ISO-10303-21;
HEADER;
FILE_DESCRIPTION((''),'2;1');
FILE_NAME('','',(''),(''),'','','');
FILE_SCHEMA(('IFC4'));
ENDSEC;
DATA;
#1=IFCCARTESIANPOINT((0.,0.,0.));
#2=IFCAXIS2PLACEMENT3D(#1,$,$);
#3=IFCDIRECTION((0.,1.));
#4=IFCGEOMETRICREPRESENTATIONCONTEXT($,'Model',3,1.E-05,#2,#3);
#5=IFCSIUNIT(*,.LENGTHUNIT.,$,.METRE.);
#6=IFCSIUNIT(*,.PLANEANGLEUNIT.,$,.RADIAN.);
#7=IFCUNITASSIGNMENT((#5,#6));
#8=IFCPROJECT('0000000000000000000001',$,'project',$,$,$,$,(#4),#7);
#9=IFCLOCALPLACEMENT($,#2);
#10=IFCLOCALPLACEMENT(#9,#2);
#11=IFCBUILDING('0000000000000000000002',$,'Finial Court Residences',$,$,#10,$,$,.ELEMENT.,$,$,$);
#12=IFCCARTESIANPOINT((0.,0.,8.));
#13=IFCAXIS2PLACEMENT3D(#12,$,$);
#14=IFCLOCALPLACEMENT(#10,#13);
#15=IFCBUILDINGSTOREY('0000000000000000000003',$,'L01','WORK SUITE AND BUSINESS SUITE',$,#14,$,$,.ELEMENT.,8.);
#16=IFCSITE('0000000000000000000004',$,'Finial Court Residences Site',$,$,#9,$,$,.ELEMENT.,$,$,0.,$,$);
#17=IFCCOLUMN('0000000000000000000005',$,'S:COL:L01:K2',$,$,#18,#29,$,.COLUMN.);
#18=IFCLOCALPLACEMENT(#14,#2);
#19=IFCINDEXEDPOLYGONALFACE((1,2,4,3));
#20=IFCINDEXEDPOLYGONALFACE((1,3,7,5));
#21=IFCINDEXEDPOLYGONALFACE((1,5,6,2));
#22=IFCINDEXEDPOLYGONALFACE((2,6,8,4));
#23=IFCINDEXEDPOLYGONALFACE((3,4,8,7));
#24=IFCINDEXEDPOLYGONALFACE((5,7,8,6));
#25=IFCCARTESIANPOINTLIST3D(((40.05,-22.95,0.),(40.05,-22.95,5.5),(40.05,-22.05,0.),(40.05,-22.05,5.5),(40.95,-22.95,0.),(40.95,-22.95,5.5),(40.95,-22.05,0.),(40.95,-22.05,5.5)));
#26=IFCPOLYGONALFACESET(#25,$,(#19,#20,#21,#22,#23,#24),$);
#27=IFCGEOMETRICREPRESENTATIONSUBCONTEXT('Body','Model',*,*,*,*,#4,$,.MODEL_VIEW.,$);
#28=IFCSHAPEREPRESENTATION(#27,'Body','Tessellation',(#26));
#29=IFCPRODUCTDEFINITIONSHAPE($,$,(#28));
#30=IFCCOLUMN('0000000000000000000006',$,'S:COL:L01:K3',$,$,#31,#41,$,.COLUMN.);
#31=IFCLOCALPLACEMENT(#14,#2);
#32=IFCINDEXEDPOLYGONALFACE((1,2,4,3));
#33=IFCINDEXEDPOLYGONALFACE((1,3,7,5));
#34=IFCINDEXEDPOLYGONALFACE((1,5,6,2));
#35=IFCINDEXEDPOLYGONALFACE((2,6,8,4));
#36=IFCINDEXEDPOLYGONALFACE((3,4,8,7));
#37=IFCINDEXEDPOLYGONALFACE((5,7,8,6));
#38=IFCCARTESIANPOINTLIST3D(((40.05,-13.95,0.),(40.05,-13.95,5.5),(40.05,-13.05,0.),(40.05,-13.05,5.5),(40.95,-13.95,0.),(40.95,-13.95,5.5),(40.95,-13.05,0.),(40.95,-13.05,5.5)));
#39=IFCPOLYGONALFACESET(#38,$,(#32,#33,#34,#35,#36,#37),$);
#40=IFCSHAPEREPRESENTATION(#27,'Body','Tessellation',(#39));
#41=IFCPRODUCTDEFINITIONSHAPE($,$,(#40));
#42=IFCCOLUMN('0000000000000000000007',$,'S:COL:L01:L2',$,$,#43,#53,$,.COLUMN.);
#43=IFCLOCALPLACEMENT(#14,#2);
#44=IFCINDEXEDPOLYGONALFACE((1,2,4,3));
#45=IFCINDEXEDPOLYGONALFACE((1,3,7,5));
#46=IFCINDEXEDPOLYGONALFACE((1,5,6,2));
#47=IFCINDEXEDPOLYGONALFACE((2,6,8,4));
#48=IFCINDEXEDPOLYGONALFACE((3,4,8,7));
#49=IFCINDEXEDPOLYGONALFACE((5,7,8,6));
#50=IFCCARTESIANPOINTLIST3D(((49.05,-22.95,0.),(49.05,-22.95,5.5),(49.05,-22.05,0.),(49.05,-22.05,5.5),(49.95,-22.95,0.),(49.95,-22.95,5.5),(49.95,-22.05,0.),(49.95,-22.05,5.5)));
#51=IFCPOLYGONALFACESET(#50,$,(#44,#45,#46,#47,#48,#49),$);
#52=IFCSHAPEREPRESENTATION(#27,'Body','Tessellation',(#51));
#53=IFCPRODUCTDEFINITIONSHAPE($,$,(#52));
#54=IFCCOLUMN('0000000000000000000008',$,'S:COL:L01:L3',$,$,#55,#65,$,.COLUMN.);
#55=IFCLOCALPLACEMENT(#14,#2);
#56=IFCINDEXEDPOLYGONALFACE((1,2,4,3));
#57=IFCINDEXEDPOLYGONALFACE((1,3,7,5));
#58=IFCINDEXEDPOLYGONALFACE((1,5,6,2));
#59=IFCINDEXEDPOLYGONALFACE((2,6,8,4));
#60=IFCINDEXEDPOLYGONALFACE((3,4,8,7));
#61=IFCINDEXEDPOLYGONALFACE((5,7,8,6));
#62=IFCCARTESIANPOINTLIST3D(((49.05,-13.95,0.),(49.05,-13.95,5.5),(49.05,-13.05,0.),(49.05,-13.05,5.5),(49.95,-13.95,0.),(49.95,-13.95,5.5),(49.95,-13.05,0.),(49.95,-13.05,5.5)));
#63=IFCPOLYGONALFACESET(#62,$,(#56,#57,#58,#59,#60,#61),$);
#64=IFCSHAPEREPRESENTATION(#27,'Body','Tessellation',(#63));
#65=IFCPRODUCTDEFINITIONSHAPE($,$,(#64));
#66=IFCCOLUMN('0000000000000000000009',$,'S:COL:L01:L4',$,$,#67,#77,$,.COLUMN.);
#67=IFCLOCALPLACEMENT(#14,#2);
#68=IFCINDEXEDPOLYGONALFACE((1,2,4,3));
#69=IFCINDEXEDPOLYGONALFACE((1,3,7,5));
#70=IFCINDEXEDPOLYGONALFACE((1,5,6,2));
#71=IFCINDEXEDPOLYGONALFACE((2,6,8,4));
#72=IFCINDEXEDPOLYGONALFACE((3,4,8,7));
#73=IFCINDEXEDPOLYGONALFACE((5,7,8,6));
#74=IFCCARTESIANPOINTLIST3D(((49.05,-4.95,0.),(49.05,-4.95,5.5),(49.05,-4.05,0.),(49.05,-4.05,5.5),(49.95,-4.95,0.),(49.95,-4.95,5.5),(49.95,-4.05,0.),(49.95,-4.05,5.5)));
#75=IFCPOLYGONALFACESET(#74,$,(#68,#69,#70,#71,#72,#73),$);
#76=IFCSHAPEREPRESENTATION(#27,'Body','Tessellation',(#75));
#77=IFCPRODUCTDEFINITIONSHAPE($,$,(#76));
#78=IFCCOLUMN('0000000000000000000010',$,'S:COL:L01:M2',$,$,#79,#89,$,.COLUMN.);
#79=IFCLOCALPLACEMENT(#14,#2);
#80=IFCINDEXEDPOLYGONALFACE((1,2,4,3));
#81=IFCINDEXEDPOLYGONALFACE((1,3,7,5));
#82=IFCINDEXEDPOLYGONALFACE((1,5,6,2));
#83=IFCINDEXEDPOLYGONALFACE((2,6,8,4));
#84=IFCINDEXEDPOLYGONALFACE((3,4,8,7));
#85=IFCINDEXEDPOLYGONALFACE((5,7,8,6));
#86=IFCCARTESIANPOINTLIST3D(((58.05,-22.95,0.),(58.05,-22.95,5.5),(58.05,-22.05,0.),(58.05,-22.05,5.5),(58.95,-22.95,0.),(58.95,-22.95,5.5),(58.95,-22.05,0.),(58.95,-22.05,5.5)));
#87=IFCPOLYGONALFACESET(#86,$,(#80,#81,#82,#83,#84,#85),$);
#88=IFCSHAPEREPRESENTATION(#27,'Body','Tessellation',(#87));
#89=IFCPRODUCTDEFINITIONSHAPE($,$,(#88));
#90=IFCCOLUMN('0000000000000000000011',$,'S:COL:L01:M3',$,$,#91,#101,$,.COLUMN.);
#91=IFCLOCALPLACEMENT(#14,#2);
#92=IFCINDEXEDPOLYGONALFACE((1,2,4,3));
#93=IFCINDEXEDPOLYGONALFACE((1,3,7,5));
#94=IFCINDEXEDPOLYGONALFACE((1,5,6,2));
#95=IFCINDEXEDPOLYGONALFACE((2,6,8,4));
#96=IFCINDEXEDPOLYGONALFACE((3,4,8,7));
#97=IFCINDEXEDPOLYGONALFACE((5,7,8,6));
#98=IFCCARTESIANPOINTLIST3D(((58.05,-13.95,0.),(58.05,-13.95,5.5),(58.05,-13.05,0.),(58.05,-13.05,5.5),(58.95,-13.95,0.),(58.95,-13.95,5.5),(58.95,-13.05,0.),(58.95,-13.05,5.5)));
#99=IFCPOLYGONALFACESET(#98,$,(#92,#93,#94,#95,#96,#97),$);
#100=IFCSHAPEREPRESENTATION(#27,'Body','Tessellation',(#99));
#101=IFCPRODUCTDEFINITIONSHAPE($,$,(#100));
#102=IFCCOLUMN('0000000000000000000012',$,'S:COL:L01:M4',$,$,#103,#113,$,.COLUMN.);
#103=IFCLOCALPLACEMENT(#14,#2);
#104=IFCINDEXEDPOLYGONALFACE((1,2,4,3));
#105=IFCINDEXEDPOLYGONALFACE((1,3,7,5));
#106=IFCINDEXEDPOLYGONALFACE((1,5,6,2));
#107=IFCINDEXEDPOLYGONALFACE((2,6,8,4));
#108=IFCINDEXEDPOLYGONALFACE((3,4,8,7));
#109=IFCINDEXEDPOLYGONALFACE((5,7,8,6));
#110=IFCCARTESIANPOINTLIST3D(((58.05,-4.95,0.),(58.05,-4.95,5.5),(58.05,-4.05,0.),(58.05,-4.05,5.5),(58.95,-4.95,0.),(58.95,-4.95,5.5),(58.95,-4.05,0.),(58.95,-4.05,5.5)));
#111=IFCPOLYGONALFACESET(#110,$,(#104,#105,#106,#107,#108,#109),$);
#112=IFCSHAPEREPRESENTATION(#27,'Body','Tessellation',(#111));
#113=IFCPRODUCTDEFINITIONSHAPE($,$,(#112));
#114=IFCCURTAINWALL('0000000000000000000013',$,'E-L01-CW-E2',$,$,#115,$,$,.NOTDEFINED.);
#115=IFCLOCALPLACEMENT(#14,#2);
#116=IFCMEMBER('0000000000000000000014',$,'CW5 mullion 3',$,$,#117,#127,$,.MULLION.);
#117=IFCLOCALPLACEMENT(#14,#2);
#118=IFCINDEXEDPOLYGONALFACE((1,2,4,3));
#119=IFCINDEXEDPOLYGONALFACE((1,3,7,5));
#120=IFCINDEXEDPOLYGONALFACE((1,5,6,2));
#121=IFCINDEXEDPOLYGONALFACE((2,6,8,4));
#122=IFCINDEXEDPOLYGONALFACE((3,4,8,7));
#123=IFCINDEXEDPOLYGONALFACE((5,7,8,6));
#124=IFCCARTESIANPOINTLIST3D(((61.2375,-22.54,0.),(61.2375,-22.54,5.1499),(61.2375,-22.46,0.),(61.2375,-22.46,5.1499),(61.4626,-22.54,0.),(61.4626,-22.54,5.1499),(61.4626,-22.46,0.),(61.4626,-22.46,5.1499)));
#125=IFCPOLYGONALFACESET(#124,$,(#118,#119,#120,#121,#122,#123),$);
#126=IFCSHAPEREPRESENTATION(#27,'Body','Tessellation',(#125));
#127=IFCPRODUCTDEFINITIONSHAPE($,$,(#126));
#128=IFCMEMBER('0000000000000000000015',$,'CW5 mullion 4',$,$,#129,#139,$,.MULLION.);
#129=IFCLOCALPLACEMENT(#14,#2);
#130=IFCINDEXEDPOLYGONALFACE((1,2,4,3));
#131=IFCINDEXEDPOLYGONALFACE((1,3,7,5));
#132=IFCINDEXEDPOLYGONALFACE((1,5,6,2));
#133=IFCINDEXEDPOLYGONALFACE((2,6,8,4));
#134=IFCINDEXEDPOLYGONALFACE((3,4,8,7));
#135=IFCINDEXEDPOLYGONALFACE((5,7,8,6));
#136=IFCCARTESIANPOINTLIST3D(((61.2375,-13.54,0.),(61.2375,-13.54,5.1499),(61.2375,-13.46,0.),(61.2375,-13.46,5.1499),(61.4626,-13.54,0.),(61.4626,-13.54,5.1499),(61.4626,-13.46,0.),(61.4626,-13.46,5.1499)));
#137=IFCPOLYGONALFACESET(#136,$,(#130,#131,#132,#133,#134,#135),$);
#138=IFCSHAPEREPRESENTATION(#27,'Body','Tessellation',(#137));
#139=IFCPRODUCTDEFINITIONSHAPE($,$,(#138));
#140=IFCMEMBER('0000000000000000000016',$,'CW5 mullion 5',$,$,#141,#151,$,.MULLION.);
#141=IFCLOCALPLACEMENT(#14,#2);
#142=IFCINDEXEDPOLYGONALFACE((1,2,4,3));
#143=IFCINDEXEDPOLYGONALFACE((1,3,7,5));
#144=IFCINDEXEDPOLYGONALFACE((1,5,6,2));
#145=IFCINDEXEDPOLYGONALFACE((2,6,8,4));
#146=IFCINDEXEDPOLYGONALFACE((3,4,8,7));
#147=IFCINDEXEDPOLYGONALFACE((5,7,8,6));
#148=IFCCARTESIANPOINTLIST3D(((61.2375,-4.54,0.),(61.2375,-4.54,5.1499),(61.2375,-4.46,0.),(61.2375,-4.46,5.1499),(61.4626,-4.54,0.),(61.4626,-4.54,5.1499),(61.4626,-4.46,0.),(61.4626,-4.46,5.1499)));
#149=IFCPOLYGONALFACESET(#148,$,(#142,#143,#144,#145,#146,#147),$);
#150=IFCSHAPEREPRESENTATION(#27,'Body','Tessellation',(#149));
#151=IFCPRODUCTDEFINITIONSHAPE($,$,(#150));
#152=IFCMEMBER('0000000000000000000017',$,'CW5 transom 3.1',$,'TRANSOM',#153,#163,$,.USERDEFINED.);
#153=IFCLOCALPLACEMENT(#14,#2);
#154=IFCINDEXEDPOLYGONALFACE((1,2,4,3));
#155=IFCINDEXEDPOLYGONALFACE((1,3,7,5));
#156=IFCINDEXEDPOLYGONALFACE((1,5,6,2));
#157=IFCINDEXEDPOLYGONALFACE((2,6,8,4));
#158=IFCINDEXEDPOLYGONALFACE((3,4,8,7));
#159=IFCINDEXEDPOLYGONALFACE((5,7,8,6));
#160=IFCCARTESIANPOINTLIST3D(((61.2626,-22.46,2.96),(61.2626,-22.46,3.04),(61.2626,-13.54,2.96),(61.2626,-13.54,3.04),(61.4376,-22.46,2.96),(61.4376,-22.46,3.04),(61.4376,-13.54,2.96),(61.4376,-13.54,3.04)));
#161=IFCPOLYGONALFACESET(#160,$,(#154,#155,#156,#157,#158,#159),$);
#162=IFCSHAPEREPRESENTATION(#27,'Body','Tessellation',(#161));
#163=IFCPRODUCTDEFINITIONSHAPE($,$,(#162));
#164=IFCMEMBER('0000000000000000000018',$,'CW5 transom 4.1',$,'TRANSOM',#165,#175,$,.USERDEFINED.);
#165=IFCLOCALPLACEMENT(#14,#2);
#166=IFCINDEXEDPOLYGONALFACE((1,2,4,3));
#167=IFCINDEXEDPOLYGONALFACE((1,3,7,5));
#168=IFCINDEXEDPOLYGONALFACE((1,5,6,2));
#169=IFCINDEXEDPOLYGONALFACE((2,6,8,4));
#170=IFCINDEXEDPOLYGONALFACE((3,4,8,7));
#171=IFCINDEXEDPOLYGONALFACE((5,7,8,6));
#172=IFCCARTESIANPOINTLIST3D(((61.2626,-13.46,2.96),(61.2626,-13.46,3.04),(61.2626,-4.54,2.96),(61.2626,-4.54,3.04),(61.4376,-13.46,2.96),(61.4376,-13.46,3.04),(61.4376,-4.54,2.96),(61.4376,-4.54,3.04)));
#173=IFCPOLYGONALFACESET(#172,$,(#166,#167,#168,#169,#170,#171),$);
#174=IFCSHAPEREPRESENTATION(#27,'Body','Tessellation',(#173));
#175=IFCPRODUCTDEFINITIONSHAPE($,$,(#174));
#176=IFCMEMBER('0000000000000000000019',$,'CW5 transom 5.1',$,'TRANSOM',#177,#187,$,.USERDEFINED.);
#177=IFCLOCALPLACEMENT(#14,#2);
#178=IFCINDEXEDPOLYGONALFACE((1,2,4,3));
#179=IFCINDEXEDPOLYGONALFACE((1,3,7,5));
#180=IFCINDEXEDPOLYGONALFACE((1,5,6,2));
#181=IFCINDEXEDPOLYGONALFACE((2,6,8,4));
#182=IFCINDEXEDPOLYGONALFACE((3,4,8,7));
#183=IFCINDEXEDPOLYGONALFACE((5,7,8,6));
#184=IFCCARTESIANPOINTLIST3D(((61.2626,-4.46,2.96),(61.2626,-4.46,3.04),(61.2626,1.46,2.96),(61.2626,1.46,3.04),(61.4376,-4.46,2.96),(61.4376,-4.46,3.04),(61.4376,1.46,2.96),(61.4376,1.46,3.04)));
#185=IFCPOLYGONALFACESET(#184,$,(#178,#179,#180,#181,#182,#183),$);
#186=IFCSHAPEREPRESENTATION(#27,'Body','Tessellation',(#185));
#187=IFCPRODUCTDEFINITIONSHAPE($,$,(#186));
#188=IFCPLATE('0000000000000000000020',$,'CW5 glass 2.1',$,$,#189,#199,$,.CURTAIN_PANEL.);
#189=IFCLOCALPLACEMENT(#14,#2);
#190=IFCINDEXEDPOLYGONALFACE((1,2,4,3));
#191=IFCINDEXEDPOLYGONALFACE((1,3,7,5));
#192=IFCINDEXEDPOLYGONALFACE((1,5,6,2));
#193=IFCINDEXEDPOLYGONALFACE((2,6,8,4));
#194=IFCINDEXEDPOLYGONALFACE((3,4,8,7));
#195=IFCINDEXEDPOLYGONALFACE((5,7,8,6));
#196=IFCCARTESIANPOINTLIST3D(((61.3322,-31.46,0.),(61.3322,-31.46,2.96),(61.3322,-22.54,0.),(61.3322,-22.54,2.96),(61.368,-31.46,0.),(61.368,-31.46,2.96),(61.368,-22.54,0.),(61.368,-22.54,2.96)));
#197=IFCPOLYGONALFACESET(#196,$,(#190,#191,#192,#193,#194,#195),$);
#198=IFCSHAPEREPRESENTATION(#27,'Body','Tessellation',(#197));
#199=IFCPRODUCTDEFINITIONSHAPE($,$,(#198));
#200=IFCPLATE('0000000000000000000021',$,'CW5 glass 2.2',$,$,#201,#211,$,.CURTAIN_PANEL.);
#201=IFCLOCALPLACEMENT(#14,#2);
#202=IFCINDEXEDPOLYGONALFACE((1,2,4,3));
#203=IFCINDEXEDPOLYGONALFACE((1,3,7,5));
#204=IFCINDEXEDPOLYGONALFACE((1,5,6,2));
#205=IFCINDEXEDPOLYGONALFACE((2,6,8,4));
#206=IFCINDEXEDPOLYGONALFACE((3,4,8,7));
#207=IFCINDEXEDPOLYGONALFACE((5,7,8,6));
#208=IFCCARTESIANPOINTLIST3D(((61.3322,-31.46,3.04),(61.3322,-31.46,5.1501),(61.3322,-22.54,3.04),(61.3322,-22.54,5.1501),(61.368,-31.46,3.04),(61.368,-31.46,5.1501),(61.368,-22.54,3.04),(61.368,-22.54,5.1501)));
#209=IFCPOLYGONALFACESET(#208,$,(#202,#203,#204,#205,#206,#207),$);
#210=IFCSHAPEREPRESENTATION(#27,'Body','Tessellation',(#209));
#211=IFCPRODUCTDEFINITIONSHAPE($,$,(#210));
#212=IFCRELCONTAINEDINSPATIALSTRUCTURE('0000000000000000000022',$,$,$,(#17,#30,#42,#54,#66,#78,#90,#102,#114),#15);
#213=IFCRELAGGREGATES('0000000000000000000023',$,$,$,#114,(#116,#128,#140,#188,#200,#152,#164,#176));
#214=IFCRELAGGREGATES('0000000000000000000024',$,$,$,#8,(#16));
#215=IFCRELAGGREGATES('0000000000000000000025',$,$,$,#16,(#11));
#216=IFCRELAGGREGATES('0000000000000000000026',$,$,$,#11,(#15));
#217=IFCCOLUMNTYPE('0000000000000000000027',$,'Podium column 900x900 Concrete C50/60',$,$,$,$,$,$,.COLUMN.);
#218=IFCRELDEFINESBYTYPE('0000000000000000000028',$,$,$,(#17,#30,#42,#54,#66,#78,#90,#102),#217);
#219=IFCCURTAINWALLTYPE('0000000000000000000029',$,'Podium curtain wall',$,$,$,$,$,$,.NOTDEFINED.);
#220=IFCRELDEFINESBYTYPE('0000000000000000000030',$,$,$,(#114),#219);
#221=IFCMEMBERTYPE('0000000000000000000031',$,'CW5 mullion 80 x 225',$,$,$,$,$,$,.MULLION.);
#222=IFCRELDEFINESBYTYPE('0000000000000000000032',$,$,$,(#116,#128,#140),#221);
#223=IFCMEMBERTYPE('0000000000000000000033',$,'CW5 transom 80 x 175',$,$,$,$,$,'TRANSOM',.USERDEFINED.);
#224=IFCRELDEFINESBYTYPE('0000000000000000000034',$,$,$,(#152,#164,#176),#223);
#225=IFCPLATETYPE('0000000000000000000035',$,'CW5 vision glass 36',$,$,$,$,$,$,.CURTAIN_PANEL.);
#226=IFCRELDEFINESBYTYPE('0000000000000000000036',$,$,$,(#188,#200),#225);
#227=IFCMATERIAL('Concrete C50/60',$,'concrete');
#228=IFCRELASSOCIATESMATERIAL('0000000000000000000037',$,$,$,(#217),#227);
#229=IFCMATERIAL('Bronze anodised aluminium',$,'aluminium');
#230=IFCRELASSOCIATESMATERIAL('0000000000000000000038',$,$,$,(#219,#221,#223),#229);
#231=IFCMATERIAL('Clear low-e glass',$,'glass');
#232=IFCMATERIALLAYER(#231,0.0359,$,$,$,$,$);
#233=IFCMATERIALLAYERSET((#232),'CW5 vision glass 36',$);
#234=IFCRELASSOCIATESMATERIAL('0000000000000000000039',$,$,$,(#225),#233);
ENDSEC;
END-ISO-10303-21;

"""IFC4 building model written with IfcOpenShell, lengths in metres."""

from ifc_helpers import new_model, si_unit, direction, frame, origin, origin_2d, place, context, subcontext, project, spatial, rectangle, extrude, material, layer, layer_set, material_profile, profile_set, type_object, element, aggregate, save


model = new_model("IFC4")

# Units and contexts
model_context = context("Model", 3, precision=1e-05, world=origin(), true_north=direction((0.0, 1.0)))
body_context = subcontext(model_context, "Body", "Model", "MODEL_VIEW")
ifc_project = project(units=[si_unit("LENGTHUNIT", "METRE"), si_unit("PLANEANGLEUNIT", "RADIAN")], contexts=[model_context])

# Site, building, storey
site_placement = place(None, origin())
site = spatial("IfcSite", under=ifc_project, at=site_placement, Name="Finial Court Residences Site", CompositionType="ELEMENT", RefElevation=0.0)
building_placement = place(site_placement, origin())
building = spatial("IfcBuilding", under=site, at=building_placement, Name="Finial Court Residences", CompositionType="ELEMENT")
storey_placement = place(building_placement, frame((0.0, 0.0, 8.0)))
storey = spatial("IfcBuildingStorey", under=building, at=storey_placement, Name="L01", Description="WORK SUITE AND BUSINESS SUITE", CompositionType="ELEMENT", Elevation=8.0)

# Columns
ifc_material_1 = material(Name="Concrete C50/60", Category="concrete")
ifc_material_profile_1 = material_profile(ifc_material_1, rectangle(XDim=0.8999, YDim=0.8999, at=origin_2d()), Name="900x900")
ifc_profile_set_1 = profile_set([ifc_material_profile_1], Name="Concrete C50/60")
column_type = type_object("IfcColumnType", Name="Podium column 900x900 Concrete C50/60", PredefinedType="COLUMN", material=ifc_profile_set_1)
for number, where, z_axis, x_axis, name in (
    (1, (40.5, -22.5, 0.0), (0.0, 0.0, 1.0), (1.0, 0.0, 0.0), "S:COL:L01:K2"),
    (2, (40.5, -13.5, 0.0), (0.0, 0.0, 1.0), (1.0, 0.0, 0.0), "S:COL:L01:K3"),
    (3, (49.5, -22.5, 0.0), (0.0, 0.0, 1.0), (1.0, 0.0, 0.0), "S:COL:L01:L2"),
    (4, (49.5, -13.5, 0.0), (0.0, 0.0, 1.0), (1.0, 0.0, 0.0), "S:COL:L01:L3"),
    (5, (49.5, -4.5, 0.0), (0.0, 0.0, 1.0), (1.0, 0.0, 0.0), "S:COL:L01:L4"),
    (6, (58.5, -22.5, 0.0), (0.0, 0.0, 1.0), (1.0, 0.0, 0.0), "S:COL:L01:M2"),
    (7, (58.5, -13.5, 0.0), (0.0, 0.0, 1.0), (1.0, 0.0, 0.0), "S:COL:L01:M3"),
    (8, (58.5, -4.5, 0.0), (0.0, 0.0, 1.0), (1.0, 0.0, 0.0), "S:COL:L01:M4"),
):
    element("IfcColumn", number, at=place(storey_placement, frame(where, z_axis=z_axis, x_axis=x_axis)), inside=storey, type_object=column_type, Name=name, PredefinedType="COLUMN", context=body_context, shape_type="SweptSolid", body=[
        extrude(rectangle(XDim=0.8999, YDim=0.8999, at=origin_2d()), origin(), (0.0, 0.0, 1.0), 5.5),
    ])

# Curtain wall, members, plates
ifc_material_2 = material(Name="Bronze anodised aluminium", Category="aluminium")
curtain_wall_type = type_object("IfcCurtainWallType", Name="Podium curtain wall", PredefinedType="NOTDEFINED", material=ifc_material_2)
curtain_wall_placement = place(storey_placement, origin())
curtain_wall = element("IfcCurtainWall", 9, at=curtain_wall_placement, inside=storey, type_object=curtain_wall_type, Name="E-L01-CW-E2", PredefinedType="NOTDEFINED")
ifc_material_profile_2 = material_profile(ifc_material_2, rectangle(XDim=0.2251, YDim=0.0801, at=origin_2d()), Name="CW5 mullion 80 x 225")
ifc_profile_set_2 = profile_set([ifc_material_profile_2], Name="Bronze anodised aluminium")
member_type_1 = type_object("IfcMemberType", Name="CW5 mullion 80 x 225", PredefinedType="MULLION", material=ifc_profile_set_2)
member_1_placement = place(storey_placement, frame((61.3501, -22.5, 0.0), z_axis=(0.0, 0.0, 1.0), x_axis=(-1.0, 0.0, 0.0)))
member_1 = element("IfcMember", 10, at=member_1_placement, type_object=member_type_1, Name="CW5 mullion 3", PredefinedType="MULLION", context=body_context, shape_type="SweptSolid", body=[
    extrude(rectangle(XDim=0.2251, YDim=0.0801, at=origin_2d()), origin(), (0.0, 0.0, 1.0), 5.1499),
])
member_2_placement = place(storey_placement, frame((61.3501, -13.5, 0.0), z_axis=(0.0, 0.0, 1.0), x_axis=(-1.0, 0.0, 0.0)))
member_2 = element("IfcMember", 11, at=member_2_placement, type_object=member_type_1, Name="CW5 mullion 4", PredefinedType="MULLION", context=body_context, shape_type="SweptSolid", body=[
    extrude(rectangle(XDim=0.2251, YDim=0.0801, at=origin_2d()), origin(), (0.0, 0.0, 1.0), 5.1499),
])
member_3_placement = place(storey_placement, frame((61.3501, -4.5, 0.0), z_axis=(0.0, 0.0, 1.0), x_axis=(-1.0, 0.0, 0.0)))
member_3 = element("IfcMember", 12, at=member_3_placement, type_object=member_type_1, Name="CW5 mullion 5", PredefinedType="MULLION", context=body_context, shape_type="SweptSolid", body=[
    extrude(rectangle(XDim=0.2251, YDim=0.0801, at=origin_2d()), origin(), (0.0, 0.0, 1.0), 5.1499),
])
ifc_material_profile_3 = material_profile(ifc_material_2, rectangle(XDim=0.175, YDim=0.0801, at=origin_2d()), Name="CW5 transom 80 x 175")
ifc_profile_set_3 = profile_set([ifc_material_profile_3], Name="Bronze anodised aluminium")
member_type_2 = type_object("IfcMemberType", Name="CW5 transom 80 x 175", ElementType="TRANSOM", PredefinedType="USERDEFINED", material=ifc_profile_set_3)
member_4_placement = place(storey_placement, frame((61.3501, -22.46, 3.0), z_axis=(0.0, 1.0, 0.0), x_axis=(-1.0, 0.0, 0.0)))
member_4 = element("IfcMember", 13, at=member_4_placement, type_object=member_type_2, Name="CW5 transom 3.1", ObjectType="TRANSOM", PredefinedType="USERDEFINED", context=body_context, shape_type="SweptSolid", body=[
    extrude(rectangle(XDim=0.175, YDim=0.0801, at=origin_2d()), origin(), (0.0, 0.0, 1.0), 8.9199),
])
member_5_placement = place(storey_placement, frame((61.3501, -13.46, 3.0), z_axis=(0.0, 1.0, 0.0), x_axis=(-1.0, 0.0, 0.0)))
member_5 = element("IfcMember", 14, at=member_5_placement, type_object=member_type_2, Name="CW5 transom 4.1", ObjectType="TRANSOM", PredefinedType="USERDEFINED", context=body_context, shape_type="SweptSolid", body=[
    extrude(rectangle(XDim=0.175, YDim=0.0801, at=origin_2d()), origin(), (0.0, 0.0, 1.0), 8.9199),
])
member_6_placement = place(storey_placement, frame((61.3501, -4.46, 3.0), z_axis=(0.0, 1.0, 0.0), x_axis=(-1.0, 0.0, 0.0)))
member_6 = element("IfcMember", 15, at=member_6_placement, type_object=member_type_2, Name="CW5 transom 5.1", ObjectType="TRANSOM", PredefinedType="USERDEFINED", context=body_context, shape_type="SweptSolid", body=[
    extrude(rectangle(XDim=0.175, YDim=0.0801, at=origin_2d()), origin(), (0.0, 0.0, 1.0), 5.9199),
])
ifc_material_3 = material(Name="Clear low-e glass", Category="glass")
ifc_layer_1 = layer(ifc_material_3, 0.0359)
ifc_layer_set_1 = layer_set([ifc_layer_1], Name="CW5 vision glass 36")
plate_type = type_object("IfcPlateType", Name="CW5 vision glass 36", PredefinedType="CURTAIN_PANEL", material=ifc_layer_set_1)
plate_1_placement = place(storey_placement, frame((61.3501, -27.0, 0.0), z_axis=(0.0, 0.0, 1.0), x_axis=(0.0, 1.0, 0.0)))
plate_1 = element("IfcPlate", 16, at=plate_1_placement, type_object=plate_type, Name="CW5 glass 2.1", PredefinedType="CURTAIN_PANEL", context=body_context, shape_type="SweptSolid", body=[
    extrude(rectangle(XDim=8.9199, YDim=0.0359, at=origin_2d()), origin(), (0.0, 0.0, 1.0), 2.96),
])
plate_2_placement = place(storey_placement, frame((61.3501, -27.0, 3.04), z_axis=(0.0, 0.0, 1.0), x_axis=(0.0, 1.0, 0.0)))
plate_2 = element("IfcPlate", 17, at=plate_2_placement, type_object=plate_type, Name="CW5 glass 2.2", PredefinedType="CURTAIN_PANEL", context=body_context, shape_type="SweptSolid", body=[
    extrude(rectangle(XDim=8.9199, YDim=0.0359, at=origin_2d()), origin(), (0.0, 0.0, 1.0), 2.1101),
])
aggregate(curtain_wall, [member_1, member_2, member_3, plate_1, plate_2, member_4, member_5, member_6])

save(model, "model.ifc")
